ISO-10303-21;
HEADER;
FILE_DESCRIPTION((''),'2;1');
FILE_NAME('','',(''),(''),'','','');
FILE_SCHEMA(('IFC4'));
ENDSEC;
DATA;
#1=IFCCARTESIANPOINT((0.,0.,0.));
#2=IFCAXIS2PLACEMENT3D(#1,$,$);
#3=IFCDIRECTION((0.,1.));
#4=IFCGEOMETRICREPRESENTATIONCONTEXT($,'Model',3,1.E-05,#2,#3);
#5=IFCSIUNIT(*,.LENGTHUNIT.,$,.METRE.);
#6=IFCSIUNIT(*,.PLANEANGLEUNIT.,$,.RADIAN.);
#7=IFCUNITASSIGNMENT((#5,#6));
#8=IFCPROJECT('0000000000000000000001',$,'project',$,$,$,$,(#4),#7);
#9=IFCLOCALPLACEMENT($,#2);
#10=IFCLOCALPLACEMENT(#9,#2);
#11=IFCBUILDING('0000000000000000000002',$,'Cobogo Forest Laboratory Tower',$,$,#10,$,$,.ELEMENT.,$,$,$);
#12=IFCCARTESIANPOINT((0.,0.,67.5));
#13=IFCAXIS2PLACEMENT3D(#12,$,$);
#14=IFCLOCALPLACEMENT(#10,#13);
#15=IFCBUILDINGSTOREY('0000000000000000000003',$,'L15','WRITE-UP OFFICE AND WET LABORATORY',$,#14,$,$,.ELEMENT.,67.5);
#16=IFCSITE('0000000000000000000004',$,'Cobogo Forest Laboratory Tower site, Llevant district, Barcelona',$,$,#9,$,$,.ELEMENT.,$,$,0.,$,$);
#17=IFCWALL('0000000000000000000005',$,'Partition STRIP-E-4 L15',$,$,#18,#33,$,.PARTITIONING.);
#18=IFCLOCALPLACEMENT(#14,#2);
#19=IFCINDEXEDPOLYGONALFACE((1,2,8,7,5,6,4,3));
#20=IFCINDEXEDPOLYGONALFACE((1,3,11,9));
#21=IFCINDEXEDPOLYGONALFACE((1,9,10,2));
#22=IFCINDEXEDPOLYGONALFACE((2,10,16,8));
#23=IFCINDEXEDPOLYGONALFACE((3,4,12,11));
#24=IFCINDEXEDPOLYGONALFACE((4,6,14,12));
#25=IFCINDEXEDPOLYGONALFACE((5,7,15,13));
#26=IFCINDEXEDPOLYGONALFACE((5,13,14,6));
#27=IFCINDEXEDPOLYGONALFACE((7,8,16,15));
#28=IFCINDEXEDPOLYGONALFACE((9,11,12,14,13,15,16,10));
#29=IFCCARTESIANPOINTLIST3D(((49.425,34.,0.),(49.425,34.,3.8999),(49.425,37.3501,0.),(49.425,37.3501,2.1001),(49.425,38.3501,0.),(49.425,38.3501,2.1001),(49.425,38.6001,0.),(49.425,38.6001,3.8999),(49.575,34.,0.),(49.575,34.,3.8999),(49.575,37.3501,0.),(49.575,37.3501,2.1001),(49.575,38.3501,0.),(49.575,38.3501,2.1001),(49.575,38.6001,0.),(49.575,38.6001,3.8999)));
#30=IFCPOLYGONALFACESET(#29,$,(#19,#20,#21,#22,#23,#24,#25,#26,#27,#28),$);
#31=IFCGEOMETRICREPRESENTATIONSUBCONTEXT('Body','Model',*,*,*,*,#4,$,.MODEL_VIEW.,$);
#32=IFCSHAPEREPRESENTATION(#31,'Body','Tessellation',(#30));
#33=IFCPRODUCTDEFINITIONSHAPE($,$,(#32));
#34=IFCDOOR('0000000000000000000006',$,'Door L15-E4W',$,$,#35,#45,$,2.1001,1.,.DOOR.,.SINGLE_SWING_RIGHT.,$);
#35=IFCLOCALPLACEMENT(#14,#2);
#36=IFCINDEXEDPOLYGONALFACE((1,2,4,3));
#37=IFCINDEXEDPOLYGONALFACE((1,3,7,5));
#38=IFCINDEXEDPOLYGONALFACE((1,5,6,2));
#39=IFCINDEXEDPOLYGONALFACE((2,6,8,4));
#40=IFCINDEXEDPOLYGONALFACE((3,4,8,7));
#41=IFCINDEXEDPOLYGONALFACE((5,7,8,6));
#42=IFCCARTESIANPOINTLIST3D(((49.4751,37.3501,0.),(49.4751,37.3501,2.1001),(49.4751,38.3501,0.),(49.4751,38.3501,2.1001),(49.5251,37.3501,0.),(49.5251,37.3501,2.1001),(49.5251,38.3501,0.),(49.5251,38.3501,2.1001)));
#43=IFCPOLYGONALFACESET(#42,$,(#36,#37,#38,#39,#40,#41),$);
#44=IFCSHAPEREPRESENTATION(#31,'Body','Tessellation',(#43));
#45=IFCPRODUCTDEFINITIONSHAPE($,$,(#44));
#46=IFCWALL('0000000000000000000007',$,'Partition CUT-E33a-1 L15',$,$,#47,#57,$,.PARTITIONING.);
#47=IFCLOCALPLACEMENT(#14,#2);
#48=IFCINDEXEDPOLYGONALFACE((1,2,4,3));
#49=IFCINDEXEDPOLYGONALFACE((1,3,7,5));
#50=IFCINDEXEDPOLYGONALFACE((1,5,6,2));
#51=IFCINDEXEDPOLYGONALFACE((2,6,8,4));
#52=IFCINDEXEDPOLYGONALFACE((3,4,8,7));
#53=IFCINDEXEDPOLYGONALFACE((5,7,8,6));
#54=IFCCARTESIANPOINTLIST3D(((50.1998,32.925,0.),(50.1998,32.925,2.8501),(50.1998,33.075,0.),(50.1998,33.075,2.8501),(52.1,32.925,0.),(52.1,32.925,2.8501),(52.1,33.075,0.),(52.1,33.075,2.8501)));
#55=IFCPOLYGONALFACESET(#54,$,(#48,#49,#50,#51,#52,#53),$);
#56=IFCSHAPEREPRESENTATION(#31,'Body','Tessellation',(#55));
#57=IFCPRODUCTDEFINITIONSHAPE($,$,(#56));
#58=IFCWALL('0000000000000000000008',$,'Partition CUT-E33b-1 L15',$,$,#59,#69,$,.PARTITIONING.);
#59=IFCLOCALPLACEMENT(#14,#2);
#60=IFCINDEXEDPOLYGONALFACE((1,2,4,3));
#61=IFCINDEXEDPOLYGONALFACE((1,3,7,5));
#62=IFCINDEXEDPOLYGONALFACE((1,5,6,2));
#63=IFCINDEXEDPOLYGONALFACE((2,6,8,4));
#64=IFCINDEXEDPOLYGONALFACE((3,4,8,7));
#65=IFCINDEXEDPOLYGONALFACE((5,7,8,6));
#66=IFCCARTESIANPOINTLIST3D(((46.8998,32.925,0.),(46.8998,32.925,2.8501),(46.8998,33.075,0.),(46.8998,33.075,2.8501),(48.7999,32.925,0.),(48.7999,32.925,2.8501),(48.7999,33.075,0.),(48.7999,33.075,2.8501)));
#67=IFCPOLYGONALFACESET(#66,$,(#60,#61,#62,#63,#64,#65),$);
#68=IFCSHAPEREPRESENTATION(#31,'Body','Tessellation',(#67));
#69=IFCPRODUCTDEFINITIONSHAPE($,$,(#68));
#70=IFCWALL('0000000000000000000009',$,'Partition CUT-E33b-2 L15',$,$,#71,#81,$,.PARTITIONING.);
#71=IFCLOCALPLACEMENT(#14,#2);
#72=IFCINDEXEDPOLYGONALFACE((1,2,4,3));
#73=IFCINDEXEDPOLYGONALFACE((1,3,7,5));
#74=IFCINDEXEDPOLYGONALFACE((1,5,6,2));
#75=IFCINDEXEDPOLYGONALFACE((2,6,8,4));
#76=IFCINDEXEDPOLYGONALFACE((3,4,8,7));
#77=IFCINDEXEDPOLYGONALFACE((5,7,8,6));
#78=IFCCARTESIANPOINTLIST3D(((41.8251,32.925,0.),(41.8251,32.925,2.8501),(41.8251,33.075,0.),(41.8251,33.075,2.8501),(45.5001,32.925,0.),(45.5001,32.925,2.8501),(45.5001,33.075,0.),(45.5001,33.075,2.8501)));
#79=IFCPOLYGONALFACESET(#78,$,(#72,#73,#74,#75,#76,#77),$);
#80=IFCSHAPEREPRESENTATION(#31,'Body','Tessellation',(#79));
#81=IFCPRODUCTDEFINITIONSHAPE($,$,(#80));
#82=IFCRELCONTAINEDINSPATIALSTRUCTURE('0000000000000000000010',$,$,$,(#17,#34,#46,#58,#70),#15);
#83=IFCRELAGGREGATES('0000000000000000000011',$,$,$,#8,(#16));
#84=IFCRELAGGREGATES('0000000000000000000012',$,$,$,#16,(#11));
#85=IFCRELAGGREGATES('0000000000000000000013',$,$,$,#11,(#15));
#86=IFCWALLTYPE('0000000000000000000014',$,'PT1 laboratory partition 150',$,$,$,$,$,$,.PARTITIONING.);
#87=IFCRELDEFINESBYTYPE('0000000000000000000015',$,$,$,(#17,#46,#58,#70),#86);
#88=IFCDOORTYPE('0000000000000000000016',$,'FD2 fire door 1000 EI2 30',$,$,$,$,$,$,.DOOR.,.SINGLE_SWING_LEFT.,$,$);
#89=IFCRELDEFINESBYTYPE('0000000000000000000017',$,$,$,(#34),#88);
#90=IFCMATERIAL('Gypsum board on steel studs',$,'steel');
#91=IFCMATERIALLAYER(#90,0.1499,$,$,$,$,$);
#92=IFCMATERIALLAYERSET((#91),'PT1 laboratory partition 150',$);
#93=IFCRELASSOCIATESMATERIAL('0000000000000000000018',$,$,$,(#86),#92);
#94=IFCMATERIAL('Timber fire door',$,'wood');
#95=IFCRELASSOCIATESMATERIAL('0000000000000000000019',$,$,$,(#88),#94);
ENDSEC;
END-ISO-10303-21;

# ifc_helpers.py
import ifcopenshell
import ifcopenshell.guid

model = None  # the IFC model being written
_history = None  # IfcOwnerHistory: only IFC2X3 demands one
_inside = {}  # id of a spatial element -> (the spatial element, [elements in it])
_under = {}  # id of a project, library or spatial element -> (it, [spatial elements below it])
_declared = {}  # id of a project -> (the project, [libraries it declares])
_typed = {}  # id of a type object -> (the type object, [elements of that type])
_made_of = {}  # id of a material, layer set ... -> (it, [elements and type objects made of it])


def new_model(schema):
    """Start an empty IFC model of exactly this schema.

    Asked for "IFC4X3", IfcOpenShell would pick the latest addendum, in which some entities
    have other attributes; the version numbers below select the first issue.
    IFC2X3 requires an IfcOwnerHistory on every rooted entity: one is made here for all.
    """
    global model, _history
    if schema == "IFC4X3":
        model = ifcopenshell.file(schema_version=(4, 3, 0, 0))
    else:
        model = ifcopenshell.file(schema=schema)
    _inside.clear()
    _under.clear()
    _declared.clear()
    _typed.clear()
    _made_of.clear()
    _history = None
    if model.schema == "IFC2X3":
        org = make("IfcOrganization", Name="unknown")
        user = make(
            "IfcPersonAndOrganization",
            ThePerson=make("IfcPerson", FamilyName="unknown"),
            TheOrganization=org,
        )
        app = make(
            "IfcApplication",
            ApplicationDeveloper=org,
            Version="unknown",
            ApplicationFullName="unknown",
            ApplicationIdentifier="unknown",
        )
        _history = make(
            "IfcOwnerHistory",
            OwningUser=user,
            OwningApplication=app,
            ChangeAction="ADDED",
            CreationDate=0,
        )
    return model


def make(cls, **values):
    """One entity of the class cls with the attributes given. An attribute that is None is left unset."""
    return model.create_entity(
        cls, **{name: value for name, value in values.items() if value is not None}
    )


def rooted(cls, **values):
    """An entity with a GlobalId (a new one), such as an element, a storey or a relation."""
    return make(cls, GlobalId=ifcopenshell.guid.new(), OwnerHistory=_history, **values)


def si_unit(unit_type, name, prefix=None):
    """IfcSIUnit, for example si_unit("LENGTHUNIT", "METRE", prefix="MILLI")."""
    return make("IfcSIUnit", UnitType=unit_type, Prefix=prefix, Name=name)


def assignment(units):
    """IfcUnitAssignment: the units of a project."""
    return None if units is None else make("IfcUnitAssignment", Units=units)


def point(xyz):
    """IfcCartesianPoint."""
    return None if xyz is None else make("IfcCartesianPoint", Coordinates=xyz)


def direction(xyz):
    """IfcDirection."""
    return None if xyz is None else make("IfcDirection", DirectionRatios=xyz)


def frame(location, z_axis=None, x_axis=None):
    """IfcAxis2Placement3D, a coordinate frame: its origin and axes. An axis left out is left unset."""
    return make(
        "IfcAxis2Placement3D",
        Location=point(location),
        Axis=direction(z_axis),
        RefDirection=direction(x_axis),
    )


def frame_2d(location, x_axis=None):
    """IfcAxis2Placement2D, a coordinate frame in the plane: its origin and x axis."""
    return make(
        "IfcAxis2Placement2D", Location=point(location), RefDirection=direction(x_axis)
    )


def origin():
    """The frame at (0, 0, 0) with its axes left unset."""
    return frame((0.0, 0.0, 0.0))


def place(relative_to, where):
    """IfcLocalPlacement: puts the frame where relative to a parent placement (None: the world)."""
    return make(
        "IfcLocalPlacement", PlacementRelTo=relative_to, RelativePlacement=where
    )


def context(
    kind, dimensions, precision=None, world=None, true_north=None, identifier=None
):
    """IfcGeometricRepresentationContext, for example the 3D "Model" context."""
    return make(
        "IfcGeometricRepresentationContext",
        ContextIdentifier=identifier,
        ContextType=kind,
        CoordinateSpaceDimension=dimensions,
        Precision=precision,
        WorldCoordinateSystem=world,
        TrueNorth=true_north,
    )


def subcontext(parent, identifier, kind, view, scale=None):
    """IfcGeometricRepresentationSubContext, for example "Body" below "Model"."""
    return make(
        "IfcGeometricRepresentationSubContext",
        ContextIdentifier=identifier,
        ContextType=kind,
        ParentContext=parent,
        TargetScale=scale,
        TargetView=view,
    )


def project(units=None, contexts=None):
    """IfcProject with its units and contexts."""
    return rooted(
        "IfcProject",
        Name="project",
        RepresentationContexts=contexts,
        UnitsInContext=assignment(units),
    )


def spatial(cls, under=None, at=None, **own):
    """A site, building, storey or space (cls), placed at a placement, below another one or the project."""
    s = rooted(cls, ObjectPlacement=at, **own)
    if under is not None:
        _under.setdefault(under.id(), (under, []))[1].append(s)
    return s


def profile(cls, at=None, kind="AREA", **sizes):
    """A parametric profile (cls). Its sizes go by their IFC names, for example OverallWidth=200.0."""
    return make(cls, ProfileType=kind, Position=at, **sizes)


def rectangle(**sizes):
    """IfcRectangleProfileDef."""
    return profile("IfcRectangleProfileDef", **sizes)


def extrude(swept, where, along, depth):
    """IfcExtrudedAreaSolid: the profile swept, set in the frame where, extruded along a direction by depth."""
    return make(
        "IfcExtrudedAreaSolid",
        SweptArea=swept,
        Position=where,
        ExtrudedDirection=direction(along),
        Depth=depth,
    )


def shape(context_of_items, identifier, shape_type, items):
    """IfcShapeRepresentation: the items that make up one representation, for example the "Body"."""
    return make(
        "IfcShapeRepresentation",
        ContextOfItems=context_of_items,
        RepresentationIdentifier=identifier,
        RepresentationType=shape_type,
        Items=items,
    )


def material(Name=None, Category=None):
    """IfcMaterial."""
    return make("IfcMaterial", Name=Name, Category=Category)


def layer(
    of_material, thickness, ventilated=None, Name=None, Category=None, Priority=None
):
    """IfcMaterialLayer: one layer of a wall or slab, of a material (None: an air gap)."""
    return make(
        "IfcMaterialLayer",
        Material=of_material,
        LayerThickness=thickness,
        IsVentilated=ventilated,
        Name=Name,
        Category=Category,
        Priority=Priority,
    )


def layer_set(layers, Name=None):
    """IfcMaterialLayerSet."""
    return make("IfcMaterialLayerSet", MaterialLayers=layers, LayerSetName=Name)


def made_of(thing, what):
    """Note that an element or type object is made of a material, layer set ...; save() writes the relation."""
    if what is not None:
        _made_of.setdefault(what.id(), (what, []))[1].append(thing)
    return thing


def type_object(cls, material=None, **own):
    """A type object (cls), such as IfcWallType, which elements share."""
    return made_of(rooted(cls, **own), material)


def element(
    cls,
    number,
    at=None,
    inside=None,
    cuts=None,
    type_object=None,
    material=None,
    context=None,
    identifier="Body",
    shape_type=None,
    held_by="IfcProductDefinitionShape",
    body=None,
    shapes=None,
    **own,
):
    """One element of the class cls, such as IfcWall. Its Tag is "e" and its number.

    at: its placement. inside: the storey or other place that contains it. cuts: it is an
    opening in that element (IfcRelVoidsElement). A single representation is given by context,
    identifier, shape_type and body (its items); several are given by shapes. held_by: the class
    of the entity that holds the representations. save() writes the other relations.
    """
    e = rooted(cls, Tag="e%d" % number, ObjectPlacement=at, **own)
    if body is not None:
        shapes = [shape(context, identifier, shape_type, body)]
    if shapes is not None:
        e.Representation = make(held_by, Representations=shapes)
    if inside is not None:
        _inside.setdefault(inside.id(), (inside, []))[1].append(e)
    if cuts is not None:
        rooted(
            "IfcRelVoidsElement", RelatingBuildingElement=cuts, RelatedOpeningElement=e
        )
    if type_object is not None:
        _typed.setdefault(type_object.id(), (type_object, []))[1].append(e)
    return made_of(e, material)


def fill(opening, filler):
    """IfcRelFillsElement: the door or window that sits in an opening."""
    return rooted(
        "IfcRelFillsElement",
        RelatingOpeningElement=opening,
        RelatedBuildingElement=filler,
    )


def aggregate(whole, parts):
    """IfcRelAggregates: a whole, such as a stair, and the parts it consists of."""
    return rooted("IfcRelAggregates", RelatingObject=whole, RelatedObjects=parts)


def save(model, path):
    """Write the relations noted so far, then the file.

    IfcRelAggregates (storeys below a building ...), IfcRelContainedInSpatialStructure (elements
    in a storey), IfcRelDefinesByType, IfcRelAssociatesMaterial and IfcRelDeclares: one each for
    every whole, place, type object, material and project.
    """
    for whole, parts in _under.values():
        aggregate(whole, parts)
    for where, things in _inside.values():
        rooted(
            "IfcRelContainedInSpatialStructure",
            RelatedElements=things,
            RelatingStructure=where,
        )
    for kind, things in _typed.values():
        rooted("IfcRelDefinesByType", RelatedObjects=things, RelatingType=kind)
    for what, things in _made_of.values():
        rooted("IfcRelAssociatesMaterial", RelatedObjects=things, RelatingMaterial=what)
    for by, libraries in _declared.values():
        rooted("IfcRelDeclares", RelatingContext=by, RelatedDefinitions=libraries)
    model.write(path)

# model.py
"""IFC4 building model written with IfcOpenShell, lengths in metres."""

from ifc_helpers import new_model, si_unit, direction, frame, frame_2d, origin, place, context, subcontext, project, spatial, rectangle, extrude, material, layer, layer_set, type_object, element, fill, save


model = new_model("IFC4")

# Units and contexts
model_context = context("Model", 3, precision=1e-05, world=origin(), true_north=direction((0.0, 1.0)))
body_context = subcontext(model_context, "Body", "Model", "MODEL_VIEW")
ifc_project = project(units=[si_unit("LENGTHUNIT", "METRE"), si_unit("PLANEANGLEUNIT", "RADIAN")], contexts=[model_context])

# Site, building, storey
site_placement = place(None, origin())
site = spatial("IfcSite", under=ifc_project, at=site_placement, Name="Cobogo Forest Laboratory Tower site, Llevant district, Barcelona", CompositionType="ELEMENT", RefElevation=0.0)
building_placement = place(site_placement, origin())
building = spatial("IfcBuilding", under=site, at=building_placement, Name="Cobogo Forest Laboratory Tower", CompositionType="ELEMENT")
storey_placement = place(building_placement, frame((0.0, 0.0, 67.5)))
storey = spatial("IfcBuildingStorey", under=building, at=storey_placement, Name="L15", Description="WRITE-UP OFFICE AND WET LABORATORY", CompositionType="ELEMENT", Elevation=67.5)

# Wall, opening, door
ifc_material_1 = material(Name="Gypsum board on steel studs", Category="steel")
ifc_layer_1 = layer(ifc_material_1, 0.1499)
ifc_layer_set_1 = layer_set([ifc_layer_1], Name="PT1 laboratory partition 150")
wall_type = type_object("IfcWallType", Name="PT1 laboratory partition 150", PredefinedType="PARTITIONING", material=ifc_layer_set_1)
wall_1_placement = place(storey_placement, frame((49.5, 34.0, 0.0), z_axis=(0.0, 0.0, 1.0), x_axis=(0.0, 1.0, 0.0)))
wall_1 = element("IfcWall", 1, at=wall_1_placement, inside=storey, type_object=wall_type, Name="Partition STRIP-E-4 L15", PredefinedType="PARTITIONING", context=body_context, shape_type="SweptSolid", body=[
    extrude(rectangle(XDim=4.6001, YDim=0.1499, at=frame_2d((2.3, 0.0))), origin(), (0.0, 0.0, 1.0), 3.8999),
])
opening_placement = place(wall_1_placement, frame((3.3501, 0.0, 0.0)))
opening = element("IfcOpeningElement", 2, at=opening_placement, cuts=wall_1, PredefinedType="OPENING", context=body_context, shape_type="SweptSolid", body=[
    extrude(rectangle(XDim=1.0, YDim=2.1001, at=frame_2d((0.5, 1.05))), frame((0.0, 0.085, 0.0), z_axis=(0.0, -1.0, 0.0), x_axis=(1.0, 0.0, 0.0)), (0.0, 0.0, 1.0), 0.1699),
])
ifc_material_2 = material(Name="Timber fire door", Category="wood")
door_type = type_object("IfcDoorType", Name="FD2 fire door 1000 EI2 30", OperationType="SINGLE_SWING_LEFT", PredefinedType="DOOR", material=ifc_material_2)
door_placement = place(opening_placement, origin())
door = element("IfcDoor", 3, at=door_placement, inside=storey, type_object=door_type, Name="Door L15-E4W", OperationType="SINGLE_SWING_RIGHT", OverallHeight=2.1001, OverallWidth=1.0, PredefinedType="DOOR", context=body_context, shape_type="SweptSolid", body=[
    extrude(rectangle(XDim=1.0, YDim=2.1001, at=frame_2d((0.5, 1.05))), frame((0.0, 0.0249, 0.0), z_axis=(0.0, -1.0, 0.0), x_axis=(1.0, 0.0, 0.0)), (0.0, 0.0, 1.0), 0.05),
])
fill(opening, door)

# Walls
for number, where, z_axis, x_axis, name in (
    (4, (52.1001, 33.0, 0.0), (0.0, 0.0, 1.0), (-1.0, 0.0, 0.0), "Partition CUT-E33a-1 L15"),
    (5, (48.8, 33.0, 0.0), (0.0, 0.0, 1.0), (-1.0, 0.0, 0.0), "Partition CUT-E33b-1 L15"),
):
    element("IfcWall", number, at=place(storey_placement, frame(where, z_axis=z_axis, x_axis=x_axis)), inside=storey, type_object=wall_type, Name=name, PredefinedType="PARTITIONING", context=body_context, shape_type="SweptSolid", body=[
        extrude(rectangle(XDim=1.9001, YDim=0.1499, at=frame_2d((0.9502, 0.0))), origin(), (0.0, 0.0, 1.0), 2.8501),
    ])
wall_2_placement = place(storey_placement, frame((45.5, 33.0, 0.0), z_axis=(0.0, 0.0, 1.0), x_axis=(-1.0, 0.0, 0.0)))
element("IfcWall", 6, at=wall_2_placement, inside=storey, type_object=wall_type, Name="Partition CUT-E33b-2 L15", PredefinedType="PARTITIONING", context=body_context, shape_type="SweptSolid", body=[
    extrude(rectangle(XDim=3.675, YDim=0.1499, at=frame_2d((1.8374, 0.0))), origin(), (0.0, 0.0, 1.0), 2.8501),
])

save(model, "model.ifc")
